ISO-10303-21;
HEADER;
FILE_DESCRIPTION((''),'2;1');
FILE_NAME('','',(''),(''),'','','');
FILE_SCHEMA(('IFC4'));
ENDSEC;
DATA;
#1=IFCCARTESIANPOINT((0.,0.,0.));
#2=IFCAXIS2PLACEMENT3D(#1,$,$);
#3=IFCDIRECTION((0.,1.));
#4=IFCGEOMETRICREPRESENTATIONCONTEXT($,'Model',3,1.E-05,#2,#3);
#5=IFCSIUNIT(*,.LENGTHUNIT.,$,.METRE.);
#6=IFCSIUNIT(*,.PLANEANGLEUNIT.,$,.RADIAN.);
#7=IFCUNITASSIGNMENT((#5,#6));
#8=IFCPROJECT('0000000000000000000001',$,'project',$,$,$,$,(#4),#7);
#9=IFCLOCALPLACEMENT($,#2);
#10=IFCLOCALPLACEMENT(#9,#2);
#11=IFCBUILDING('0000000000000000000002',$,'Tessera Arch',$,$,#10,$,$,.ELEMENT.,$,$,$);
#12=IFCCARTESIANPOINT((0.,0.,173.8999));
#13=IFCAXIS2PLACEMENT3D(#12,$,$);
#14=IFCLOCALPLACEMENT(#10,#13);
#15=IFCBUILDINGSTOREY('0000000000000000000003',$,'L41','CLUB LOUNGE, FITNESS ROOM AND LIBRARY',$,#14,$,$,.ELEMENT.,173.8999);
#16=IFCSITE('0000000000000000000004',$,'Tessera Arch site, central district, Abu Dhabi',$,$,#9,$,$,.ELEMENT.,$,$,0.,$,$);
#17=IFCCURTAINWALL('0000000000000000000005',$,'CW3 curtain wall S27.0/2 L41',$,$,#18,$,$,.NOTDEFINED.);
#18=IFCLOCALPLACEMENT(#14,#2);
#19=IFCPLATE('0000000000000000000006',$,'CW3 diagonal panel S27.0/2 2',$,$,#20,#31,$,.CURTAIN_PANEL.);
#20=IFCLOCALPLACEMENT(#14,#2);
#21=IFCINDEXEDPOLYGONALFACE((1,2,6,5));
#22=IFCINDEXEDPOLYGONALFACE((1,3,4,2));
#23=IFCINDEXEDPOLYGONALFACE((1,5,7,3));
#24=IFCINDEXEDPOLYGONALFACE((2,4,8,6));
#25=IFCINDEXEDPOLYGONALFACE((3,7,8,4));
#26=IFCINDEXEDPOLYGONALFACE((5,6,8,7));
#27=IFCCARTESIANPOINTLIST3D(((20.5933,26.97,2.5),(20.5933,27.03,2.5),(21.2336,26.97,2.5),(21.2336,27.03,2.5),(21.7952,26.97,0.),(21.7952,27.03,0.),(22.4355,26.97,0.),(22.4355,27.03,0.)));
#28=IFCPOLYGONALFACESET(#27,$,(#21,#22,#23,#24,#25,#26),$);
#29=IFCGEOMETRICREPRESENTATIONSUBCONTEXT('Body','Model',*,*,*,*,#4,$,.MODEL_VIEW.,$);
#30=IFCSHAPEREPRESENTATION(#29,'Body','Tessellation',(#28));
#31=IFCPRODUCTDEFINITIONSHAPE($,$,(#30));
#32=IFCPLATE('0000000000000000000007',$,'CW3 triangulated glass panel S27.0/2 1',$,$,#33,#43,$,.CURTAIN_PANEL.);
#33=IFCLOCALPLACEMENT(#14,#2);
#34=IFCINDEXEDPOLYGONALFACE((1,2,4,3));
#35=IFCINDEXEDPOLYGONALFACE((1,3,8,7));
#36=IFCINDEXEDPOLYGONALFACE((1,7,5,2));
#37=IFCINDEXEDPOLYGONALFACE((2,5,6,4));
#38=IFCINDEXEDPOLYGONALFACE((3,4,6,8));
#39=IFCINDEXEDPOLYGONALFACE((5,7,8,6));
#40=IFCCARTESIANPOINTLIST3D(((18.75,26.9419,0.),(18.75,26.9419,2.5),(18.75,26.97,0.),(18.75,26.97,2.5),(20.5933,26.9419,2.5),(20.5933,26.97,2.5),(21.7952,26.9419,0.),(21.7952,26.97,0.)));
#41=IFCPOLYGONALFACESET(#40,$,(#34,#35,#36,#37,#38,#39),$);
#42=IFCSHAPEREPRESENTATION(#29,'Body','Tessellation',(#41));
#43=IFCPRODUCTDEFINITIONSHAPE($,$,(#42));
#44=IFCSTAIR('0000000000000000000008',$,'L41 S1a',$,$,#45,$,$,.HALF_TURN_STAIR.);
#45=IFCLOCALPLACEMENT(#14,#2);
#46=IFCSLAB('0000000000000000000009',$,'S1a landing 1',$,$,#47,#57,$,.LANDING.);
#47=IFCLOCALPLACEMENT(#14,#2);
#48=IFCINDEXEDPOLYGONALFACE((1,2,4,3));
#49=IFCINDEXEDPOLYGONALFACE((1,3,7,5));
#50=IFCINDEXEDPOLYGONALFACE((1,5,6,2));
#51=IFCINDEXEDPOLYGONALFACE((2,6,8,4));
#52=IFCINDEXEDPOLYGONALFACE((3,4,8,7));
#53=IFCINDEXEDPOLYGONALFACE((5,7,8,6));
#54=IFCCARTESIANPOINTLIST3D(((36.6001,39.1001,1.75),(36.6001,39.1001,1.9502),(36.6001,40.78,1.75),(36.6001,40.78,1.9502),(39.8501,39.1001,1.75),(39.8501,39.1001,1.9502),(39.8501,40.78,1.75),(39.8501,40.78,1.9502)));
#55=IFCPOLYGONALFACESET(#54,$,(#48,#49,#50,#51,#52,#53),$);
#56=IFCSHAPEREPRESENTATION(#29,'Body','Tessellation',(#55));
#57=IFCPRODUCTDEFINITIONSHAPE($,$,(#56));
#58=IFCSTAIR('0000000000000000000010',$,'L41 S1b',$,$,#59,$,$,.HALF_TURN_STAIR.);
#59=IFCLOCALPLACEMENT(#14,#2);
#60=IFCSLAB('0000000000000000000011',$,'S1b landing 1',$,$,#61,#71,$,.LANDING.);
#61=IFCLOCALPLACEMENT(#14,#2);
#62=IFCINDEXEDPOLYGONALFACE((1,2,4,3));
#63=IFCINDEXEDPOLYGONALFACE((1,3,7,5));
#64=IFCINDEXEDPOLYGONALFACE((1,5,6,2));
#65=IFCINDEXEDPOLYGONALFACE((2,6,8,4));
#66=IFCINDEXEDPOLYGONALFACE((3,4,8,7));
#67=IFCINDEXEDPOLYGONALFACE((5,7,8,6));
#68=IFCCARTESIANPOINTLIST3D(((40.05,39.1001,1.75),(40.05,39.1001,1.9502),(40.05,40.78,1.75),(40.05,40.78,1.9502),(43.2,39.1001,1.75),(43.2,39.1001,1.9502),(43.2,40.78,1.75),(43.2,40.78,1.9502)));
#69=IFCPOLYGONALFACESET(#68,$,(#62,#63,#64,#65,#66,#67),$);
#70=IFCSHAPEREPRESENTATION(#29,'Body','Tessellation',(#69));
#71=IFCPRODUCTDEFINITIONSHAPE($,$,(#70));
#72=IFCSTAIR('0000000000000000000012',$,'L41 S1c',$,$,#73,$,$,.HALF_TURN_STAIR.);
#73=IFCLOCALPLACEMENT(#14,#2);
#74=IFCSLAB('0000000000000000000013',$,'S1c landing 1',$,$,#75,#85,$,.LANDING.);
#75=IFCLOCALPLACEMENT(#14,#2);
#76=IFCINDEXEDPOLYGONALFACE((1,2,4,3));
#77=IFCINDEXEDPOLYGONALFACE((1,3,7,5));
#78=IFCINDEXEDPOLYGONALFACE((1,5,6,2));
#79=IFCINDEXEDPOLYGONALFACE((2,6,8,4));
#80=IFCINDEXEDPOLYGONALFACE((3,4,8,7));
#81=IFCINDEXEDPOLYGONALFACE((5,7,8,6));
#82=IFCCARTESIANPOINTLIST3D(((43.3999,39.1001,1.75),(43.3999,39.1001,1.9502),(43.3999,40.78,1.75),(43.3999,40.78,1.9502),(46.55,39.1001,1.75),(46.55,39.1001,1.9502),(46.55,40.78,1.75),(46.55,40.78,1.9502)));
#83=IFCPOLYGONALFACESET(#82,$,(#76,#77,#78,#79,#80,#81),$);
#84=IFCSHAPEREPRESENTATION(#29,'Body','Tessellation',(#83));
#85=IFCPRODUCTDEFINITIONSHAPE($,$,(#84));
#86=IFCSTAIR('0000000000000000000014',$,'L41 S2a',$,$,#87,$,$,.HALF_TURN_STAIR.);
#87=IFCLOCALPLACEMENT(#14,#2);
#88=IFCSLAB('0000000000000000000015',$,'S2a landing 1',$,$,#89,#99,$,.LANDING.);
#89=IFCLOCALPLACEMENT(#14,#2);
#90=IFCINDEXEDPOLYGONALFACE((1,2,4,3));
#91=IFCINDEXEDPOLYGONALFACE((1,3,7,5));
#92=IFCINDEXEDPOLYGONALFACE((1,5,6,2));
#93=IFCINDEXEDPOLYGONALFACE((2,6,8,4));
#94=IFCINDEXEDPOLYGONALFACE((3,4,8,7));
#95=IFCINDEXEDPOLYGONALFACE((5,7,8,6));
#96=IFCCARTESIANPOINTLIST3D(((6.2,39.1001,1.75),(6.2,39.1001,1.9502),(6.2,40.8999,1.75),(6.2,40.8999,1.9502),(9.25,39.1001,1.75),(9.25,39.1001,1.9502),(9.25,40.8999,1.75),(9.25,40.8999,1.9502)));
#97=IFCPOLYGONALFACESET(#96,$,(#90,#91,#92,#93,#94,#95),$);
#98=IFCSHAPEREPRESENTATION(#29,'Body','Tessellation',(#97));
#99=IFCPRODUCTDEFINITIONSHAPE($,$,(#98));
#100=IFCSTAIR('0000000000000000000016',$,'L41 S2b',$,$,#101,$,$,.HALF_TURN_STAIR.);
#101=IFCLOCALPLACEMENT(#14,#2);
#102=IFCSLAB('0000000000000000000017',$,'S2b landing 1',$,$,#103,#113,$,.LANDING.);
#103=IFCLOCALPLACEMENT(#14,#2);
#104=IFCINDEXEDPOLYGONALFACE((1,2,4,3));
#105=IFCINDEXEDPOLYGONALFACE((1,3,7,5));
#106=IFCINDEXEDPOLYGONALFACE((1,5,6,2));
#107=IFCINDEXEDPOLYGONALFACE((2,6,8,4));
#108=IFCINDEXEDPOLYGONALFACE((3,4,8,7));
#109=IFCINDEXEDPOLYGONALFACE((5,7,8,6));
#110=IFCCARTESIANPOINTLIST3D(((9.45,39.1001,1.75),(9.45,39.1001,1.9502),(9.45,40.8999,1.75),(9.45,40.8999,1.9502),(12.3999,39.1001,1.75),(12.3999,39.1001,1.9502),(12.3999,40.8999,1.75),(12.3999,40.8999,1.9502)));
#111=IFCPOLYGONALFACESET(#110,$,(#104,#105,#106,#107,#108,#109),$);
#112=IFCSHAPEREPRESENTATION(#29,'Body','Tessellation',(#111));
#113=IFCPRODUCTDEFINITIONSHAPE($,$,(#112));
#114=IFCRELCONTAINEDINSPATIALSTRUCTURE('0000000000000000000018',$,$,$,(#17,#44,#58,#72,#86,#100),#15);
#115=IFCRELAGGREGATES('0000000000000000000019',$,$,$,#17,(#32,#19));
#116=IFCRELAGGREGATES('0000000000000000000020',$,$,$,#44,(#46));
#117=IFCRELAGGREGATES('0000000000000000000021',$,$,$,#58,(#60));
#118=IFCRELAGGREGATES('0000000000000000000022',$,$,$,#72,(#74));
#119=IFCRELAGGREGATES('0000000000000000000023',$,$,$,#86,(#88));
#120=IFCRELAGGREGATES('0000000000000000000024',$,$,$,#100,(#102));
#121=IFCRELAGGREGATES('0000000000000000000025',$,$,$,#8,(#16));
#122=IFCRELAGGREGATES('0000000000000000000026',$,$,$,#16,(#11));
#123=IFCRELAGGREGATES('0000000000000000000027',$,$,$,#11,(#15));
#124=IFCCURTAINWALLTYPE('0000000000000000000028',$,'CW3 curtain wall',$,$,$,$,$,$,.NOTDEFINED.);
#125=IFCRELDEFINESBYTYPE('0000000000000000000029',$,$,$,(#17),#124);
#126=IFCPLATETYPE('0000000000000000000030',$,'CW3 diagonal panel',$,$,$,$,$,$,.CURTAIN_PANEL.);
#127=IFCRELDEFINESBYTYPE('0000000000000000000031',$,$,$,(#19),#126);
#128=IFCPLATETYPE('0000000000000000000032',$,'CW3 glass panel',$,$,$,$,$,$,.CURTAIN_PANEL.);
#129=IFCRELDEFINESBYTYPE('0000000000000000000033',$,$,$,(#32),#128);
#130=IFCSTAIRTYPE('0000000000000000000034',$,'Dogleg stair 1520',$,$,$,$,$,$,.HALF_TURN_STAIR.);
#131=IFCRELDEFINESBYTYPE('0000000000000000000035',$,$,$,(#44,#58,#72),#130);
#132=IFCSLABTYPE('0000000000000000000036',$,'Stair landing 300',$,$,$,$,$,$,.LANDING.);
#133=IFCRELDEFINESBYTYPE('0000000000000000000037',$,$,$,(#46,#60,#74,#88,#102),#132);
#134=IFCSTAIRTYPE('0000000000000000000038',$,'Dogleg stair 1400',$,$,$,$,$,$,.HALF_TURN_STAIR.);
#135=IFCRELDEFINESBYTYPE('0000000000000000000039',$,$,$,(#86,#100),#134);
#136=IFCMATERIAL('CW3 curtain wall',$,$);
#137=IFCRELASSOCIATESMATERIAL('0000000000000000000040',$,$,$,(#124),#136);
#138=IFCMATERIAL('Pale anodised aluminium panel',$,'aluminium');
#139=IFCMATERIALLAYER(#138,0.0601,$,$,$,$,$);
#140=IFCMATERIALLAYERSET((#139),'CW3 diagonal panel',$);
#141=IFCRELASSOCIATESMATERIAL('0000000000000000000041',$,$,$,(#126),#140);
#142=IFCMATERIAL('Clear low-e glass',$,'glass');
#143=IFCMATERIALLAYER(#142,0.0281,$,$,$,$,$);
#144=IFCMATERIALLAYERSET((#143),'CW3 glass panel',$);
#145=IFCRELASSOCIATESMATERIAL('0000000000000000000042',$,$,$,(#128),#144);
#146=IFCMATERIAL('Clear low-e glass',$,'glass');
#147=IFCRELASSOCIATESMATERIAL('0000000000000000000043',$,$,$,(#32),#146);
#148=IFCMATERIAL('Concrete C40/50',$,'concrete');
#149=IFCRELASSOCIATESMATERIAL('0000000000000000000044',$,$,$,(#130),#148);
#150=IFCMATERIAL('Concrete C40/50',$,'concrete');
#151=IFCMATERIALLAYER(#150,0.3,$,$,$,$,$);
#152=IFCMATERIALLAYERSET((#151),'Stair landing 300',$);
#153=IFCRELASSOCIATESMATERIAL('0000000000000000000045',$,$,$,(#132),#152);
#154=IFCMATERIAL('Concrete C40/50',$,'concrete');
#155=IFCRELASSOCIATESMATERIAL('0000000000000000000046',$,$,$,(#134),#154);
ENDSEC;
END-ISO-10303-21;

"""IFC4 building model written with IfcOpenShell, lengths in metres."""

from ifc_helpers import new_model, si_unit, direction, frame, origin, place, context, subcontext, project, spatial, polyline, outline, extrude, material, layer, layer_set, type_object, element, aggregate, save


model = new_model("IFC4")

# Units and contexts
model_context = context("Model", 3, precision=1e-05, world=origin(), true_north=direction((0.0, 1.0)))
body_context = subcontext(model_context, "Body", "Model", "MODEL_VIEW")
ifc_project = project(units=[si_unit("LENGTHUNIT", "METRE"), si_unit("PLANEANGLEUNIT", "RADIAN")], contexts=[model_context])

# Site, building, storey
site_placement = place(None, origin())
site = spatial("IfcSite", under=ifc_project, at=site_placement, Name="Tessera Arch site, central district, Abu Dhabi", CompositionType="ELEMENT", RefElevation=0.0)
building_placement = place(site_placement, origin())
building = spatial("IfcBuilding", under=site, at=building_placement, Name="Tessera Arch", CompositionType="ELEMENT")
storey_placement = place(building_placement, frame((0.0, 0.0, 173.8999)))
storey = spatial("IfcBuildingStorey", under=building, at=storey_placement, Name="L41", Description="CLUB LOUNGE, FITNESS ROOM AND LIBRARY", CompositionType="ELEMENT", Elevation=173.8999)

# Shared definitions
ifc_material_1 = material(Name="Clear low-e glass", Category="glass")

# Curtain wall, plates
ifc_material_2 = material(Name="CW3 curtain wall")
curtain_wall_type_1 = type_object("IfcCurtainWallType", Name="CW3 curtain wall", PredefinedType="NOTDEFINED", material=ifc_material_2)
curtain_wall_1_placement = place(storey_placement, origin())
curtain_wall_1 = element("IfcCurtainWall", 1, at=curtain_wall_1_placement, inside=storey, type_object=curtain_wall_type_1, Name="CW3 curtain wall S27.0/2 L41", PredefinedType="NOTDEFINED")
ifc_material_3 = material(Name="Pale anodised aluminium panel", Category="aluminium")
ifc_layer_1 = layer(ifc_material_3, 0.0601)
ifc_layer_set_1 = layer_set([ifc_layer_1], Name="CW3 diagonal panel")
plate_type_1 = type_object("IfcPlateType", Name="CW3 diagonal panel", PredefinedType="CURTAIN_PANEL", material=ifc_layer_set_1)
plate_1_placement = place(storey_placement, frame((21.2336, 26.97, 2.5), z_axis=(0.0, -1.0, 0.0), x_axis=(-1.0, 0.0, 0.0)))
plate_1 = element("IfcPlate", 2, at=plate_1_placement, type_object=plate_type_1, Name="CW3 diagonal panel S27.0/2 2", PredefinedType="CURTAIN_PANEL", context=body_context, shape_type="SweptSolid", body=[
    extrude(outline(polyline([(0.0, 0.0), (0.6404, 0.0), (-0.5615, 2.5), (-1.2019, 2.5), (0.0, 0.0)])), origin(), (0.0, 0.0, -1.0), 0.0601),
])
ifc_material_4 = material(Name="Clear low-e glass", Category="glass")
ifc_layer_2 = layer(ifc_material_4, 0.0281)
ifc_layer_set_2 = layer_set([ifc_layer_2], Name="CW3 glass panel")
plate_type_2 = type_object("IfcPlateType", Name="CW3 glass panel", PredefinedType="CURTAIN_PANEL", material=ifc_layer_set_2)
plate_2_placement = place(storey_placement, frame((18.75, 26.9419, 0.0), z_axis=(0.0, -1.0, 0.0), x_axis=(1.0, 0.0, 0.0)))
plate_2 = element("IfcPlate", 3, at=plate_2_placement, type_object=plate_type_2, material=ifc_material_1, Name="CW3 triangulated glass panel S27.0/2 1", PredefinedType="CURTAIN_PANEL", context=body_context, shape_type="SweptSolid", body=[
    extrude(outline(polyline([(0.0, 0.0), (3.0452, 0.0), (1.8433, 2.5), (0.0, 2.5), (0.0, 0.0)])), origin(), (0.0, 0.0, -1.0), 0.0281),
])
aggregate(curtain_wall_1, [plate_2, plate_1])

# Stairs, slabs
ifc_material_5 = material(Name="Concrete C40/50", Category="concrete")
stair_type_1 = type_object("IfcStairType", Name="Dogleg stair 1520", PredefinedType="HALF_TURN_STAIR", material=ifc_material_5)
stair_1_placement = place(storey_placement, origin())
stair_1 = element("IfcStair", 4, at=stair_1_placement, inside=storey, type_object=stair_type_1, Name="L41 S1a", PredefinedType="HALF_TURN_STAIR")
ifc_material_6 = material(Name="Concrete C40/50", Category="concrete")
ifc_layer_3 = layer(ifc_material_6, 0.3)
ifc_layer_set_3 = layer_set([ifc_layer_3], Name="Stair landing 300")
slab_type_1 = type_object("IfcSlabType", Name="Stair landing 300", PredefinedType="LANDING", material=ifc_layer_set_3)
slab_1_placement = place(storey_placement, frame((0.0, 0.0, 1.75)))
slab_1 = element("IfcSlab", 5, at=slab_1_placement, type_object=slab_type_1, Name="S1a landing 1", PredefinedType="LANDING", context=body_context, shape_type="SweptSolid", body=[
    extrude(outline(polyline([(36.6001, 40.78), (36.6001, 39.1001), (39.8501, 39.1001), (39.8501, 40.78), (36.6001, 40.78)])), origin(), (0.0, 0.0, 1.0), 0.2002),
])
aggregate(stair_1, [slab_1])
stair_2_placement = place(storey_placement, origin())
stair_2 = element("IfcStair", 6, at=stair_2_placement, inside=storey, type_object=stair_type_1, Name="L41 S1b", PredefinedType="HALF_TURN_STAIR")
slab_2_placement = place(storey_placement, frame((0.0, 0.0, 1.75)))
slab_2 = element("IfcSlab", 7, at=slab_2_placement, type_object=slab_type_1, Name="S1b landing 1", PredefinedType="LANDING", context=body_context, shape_type="SweptSolid", body=[
    extrude(outline(polyline([(40.05, 40.78), (40.05, 39.1001), (43.2, 39.1001), (43.2, 40.78), (40.05, 40.78)])), origin(), (0.0, 0.0, 1.0), 0.2002),
])
aggregate(stair_2, [slab_2])
stair_3_placement = place(storey_placement, origin())
stair_3 = element("IfcStair", 8, at=stair_3_placement, inside=storey, type_object=stair_type_1, Name="L41 S1c", PredefinedType="HALF_TURN_STAIR")
slab_3_placement = place(storey_placement, frame((0.0, 0.0, 1.75)))
slab_3 = element("IfcSlab", 9, at=slab_3_placement, type_object=slab_type_1, Name="S1c landing 1", PredefinedType="LANDING", context=body_context, shape_type="SweptSolid", body=[
    extrude(outline(polyline([(43.3999, 40.78), (43.3999, 39.1001), (46.55, 39.1001), (46.55, 40.78), (43.3999, 40.78)])), origin(), (0.0, 0.0, 1.0), 0.2002),
])
aggregate(stair_3, [slab_3])
ifc_material_7 = material(Name="Concrete C40/50", Category="concrete")
stair_type_2 = type_object("IfcStairType", Name="Dogleg stair 1400", PredefinedType="HALF_TURN_STAIR", material=ifc_material_7)
stair_4_placement = place(storey_placement, origin())
stair_4 = element("IfcStair", 10, at=stair_4_placement, inside=storey, type_object=stair_type_2, Name="L41 S2a", PredefinedType="HALF_TURN_STAIR")
slab_4_placement = place(storey_placement, frame((0.0, 0.0, 1.75)))
slab_4 = element("IfcSlab", 11, at=slab_4_placement, type_object=slab_type_1, Name="S2a landing 1", PredefinedType="LANDING", context=body_context, shape_type="SweptSolid", body=[
    extrude(outline(polyline([(6.2, 40.8999), (6.2, 39.1001), (9.25, 39.1001), (9.25, 40.8999), (6.2, 40.8999)])), origin(), (0.0, 0.0, 1.0), 0.2002),
])
aggregate(stair_4, [slab_4])
stair_5_placement = place(storey_placement, origin())
stair_5 = element("IfcStair", 12, at=stair_5_placement, inside=storey, type_object=stair_type_2, Name="L41 S2b", PredefinedType="HALF_TURN_STAIR")
slab_5_placement = place(storey_placement, frame((0.0, 0.0, 1.75)))
slab_5 = element("IfcSlab", 13, at=slab_5_placement, type_object=slab_type_1, Name="S2b landing 1", PredefinedType="LANDING", context=body_context, shape_type="SweptSolid", body=[
    extrude(outline(polyline([(9.45, 40.8999), (9.45, 39.1001), (12.3999, 39.1001), (12.3999, 40.8999), (9.45, 40.8999)])), origin(), (0.0, 0.0, 1.0), 0.2002),
])
aggregate(stair_5, [slab_5])

save(model, "model.ifc")
